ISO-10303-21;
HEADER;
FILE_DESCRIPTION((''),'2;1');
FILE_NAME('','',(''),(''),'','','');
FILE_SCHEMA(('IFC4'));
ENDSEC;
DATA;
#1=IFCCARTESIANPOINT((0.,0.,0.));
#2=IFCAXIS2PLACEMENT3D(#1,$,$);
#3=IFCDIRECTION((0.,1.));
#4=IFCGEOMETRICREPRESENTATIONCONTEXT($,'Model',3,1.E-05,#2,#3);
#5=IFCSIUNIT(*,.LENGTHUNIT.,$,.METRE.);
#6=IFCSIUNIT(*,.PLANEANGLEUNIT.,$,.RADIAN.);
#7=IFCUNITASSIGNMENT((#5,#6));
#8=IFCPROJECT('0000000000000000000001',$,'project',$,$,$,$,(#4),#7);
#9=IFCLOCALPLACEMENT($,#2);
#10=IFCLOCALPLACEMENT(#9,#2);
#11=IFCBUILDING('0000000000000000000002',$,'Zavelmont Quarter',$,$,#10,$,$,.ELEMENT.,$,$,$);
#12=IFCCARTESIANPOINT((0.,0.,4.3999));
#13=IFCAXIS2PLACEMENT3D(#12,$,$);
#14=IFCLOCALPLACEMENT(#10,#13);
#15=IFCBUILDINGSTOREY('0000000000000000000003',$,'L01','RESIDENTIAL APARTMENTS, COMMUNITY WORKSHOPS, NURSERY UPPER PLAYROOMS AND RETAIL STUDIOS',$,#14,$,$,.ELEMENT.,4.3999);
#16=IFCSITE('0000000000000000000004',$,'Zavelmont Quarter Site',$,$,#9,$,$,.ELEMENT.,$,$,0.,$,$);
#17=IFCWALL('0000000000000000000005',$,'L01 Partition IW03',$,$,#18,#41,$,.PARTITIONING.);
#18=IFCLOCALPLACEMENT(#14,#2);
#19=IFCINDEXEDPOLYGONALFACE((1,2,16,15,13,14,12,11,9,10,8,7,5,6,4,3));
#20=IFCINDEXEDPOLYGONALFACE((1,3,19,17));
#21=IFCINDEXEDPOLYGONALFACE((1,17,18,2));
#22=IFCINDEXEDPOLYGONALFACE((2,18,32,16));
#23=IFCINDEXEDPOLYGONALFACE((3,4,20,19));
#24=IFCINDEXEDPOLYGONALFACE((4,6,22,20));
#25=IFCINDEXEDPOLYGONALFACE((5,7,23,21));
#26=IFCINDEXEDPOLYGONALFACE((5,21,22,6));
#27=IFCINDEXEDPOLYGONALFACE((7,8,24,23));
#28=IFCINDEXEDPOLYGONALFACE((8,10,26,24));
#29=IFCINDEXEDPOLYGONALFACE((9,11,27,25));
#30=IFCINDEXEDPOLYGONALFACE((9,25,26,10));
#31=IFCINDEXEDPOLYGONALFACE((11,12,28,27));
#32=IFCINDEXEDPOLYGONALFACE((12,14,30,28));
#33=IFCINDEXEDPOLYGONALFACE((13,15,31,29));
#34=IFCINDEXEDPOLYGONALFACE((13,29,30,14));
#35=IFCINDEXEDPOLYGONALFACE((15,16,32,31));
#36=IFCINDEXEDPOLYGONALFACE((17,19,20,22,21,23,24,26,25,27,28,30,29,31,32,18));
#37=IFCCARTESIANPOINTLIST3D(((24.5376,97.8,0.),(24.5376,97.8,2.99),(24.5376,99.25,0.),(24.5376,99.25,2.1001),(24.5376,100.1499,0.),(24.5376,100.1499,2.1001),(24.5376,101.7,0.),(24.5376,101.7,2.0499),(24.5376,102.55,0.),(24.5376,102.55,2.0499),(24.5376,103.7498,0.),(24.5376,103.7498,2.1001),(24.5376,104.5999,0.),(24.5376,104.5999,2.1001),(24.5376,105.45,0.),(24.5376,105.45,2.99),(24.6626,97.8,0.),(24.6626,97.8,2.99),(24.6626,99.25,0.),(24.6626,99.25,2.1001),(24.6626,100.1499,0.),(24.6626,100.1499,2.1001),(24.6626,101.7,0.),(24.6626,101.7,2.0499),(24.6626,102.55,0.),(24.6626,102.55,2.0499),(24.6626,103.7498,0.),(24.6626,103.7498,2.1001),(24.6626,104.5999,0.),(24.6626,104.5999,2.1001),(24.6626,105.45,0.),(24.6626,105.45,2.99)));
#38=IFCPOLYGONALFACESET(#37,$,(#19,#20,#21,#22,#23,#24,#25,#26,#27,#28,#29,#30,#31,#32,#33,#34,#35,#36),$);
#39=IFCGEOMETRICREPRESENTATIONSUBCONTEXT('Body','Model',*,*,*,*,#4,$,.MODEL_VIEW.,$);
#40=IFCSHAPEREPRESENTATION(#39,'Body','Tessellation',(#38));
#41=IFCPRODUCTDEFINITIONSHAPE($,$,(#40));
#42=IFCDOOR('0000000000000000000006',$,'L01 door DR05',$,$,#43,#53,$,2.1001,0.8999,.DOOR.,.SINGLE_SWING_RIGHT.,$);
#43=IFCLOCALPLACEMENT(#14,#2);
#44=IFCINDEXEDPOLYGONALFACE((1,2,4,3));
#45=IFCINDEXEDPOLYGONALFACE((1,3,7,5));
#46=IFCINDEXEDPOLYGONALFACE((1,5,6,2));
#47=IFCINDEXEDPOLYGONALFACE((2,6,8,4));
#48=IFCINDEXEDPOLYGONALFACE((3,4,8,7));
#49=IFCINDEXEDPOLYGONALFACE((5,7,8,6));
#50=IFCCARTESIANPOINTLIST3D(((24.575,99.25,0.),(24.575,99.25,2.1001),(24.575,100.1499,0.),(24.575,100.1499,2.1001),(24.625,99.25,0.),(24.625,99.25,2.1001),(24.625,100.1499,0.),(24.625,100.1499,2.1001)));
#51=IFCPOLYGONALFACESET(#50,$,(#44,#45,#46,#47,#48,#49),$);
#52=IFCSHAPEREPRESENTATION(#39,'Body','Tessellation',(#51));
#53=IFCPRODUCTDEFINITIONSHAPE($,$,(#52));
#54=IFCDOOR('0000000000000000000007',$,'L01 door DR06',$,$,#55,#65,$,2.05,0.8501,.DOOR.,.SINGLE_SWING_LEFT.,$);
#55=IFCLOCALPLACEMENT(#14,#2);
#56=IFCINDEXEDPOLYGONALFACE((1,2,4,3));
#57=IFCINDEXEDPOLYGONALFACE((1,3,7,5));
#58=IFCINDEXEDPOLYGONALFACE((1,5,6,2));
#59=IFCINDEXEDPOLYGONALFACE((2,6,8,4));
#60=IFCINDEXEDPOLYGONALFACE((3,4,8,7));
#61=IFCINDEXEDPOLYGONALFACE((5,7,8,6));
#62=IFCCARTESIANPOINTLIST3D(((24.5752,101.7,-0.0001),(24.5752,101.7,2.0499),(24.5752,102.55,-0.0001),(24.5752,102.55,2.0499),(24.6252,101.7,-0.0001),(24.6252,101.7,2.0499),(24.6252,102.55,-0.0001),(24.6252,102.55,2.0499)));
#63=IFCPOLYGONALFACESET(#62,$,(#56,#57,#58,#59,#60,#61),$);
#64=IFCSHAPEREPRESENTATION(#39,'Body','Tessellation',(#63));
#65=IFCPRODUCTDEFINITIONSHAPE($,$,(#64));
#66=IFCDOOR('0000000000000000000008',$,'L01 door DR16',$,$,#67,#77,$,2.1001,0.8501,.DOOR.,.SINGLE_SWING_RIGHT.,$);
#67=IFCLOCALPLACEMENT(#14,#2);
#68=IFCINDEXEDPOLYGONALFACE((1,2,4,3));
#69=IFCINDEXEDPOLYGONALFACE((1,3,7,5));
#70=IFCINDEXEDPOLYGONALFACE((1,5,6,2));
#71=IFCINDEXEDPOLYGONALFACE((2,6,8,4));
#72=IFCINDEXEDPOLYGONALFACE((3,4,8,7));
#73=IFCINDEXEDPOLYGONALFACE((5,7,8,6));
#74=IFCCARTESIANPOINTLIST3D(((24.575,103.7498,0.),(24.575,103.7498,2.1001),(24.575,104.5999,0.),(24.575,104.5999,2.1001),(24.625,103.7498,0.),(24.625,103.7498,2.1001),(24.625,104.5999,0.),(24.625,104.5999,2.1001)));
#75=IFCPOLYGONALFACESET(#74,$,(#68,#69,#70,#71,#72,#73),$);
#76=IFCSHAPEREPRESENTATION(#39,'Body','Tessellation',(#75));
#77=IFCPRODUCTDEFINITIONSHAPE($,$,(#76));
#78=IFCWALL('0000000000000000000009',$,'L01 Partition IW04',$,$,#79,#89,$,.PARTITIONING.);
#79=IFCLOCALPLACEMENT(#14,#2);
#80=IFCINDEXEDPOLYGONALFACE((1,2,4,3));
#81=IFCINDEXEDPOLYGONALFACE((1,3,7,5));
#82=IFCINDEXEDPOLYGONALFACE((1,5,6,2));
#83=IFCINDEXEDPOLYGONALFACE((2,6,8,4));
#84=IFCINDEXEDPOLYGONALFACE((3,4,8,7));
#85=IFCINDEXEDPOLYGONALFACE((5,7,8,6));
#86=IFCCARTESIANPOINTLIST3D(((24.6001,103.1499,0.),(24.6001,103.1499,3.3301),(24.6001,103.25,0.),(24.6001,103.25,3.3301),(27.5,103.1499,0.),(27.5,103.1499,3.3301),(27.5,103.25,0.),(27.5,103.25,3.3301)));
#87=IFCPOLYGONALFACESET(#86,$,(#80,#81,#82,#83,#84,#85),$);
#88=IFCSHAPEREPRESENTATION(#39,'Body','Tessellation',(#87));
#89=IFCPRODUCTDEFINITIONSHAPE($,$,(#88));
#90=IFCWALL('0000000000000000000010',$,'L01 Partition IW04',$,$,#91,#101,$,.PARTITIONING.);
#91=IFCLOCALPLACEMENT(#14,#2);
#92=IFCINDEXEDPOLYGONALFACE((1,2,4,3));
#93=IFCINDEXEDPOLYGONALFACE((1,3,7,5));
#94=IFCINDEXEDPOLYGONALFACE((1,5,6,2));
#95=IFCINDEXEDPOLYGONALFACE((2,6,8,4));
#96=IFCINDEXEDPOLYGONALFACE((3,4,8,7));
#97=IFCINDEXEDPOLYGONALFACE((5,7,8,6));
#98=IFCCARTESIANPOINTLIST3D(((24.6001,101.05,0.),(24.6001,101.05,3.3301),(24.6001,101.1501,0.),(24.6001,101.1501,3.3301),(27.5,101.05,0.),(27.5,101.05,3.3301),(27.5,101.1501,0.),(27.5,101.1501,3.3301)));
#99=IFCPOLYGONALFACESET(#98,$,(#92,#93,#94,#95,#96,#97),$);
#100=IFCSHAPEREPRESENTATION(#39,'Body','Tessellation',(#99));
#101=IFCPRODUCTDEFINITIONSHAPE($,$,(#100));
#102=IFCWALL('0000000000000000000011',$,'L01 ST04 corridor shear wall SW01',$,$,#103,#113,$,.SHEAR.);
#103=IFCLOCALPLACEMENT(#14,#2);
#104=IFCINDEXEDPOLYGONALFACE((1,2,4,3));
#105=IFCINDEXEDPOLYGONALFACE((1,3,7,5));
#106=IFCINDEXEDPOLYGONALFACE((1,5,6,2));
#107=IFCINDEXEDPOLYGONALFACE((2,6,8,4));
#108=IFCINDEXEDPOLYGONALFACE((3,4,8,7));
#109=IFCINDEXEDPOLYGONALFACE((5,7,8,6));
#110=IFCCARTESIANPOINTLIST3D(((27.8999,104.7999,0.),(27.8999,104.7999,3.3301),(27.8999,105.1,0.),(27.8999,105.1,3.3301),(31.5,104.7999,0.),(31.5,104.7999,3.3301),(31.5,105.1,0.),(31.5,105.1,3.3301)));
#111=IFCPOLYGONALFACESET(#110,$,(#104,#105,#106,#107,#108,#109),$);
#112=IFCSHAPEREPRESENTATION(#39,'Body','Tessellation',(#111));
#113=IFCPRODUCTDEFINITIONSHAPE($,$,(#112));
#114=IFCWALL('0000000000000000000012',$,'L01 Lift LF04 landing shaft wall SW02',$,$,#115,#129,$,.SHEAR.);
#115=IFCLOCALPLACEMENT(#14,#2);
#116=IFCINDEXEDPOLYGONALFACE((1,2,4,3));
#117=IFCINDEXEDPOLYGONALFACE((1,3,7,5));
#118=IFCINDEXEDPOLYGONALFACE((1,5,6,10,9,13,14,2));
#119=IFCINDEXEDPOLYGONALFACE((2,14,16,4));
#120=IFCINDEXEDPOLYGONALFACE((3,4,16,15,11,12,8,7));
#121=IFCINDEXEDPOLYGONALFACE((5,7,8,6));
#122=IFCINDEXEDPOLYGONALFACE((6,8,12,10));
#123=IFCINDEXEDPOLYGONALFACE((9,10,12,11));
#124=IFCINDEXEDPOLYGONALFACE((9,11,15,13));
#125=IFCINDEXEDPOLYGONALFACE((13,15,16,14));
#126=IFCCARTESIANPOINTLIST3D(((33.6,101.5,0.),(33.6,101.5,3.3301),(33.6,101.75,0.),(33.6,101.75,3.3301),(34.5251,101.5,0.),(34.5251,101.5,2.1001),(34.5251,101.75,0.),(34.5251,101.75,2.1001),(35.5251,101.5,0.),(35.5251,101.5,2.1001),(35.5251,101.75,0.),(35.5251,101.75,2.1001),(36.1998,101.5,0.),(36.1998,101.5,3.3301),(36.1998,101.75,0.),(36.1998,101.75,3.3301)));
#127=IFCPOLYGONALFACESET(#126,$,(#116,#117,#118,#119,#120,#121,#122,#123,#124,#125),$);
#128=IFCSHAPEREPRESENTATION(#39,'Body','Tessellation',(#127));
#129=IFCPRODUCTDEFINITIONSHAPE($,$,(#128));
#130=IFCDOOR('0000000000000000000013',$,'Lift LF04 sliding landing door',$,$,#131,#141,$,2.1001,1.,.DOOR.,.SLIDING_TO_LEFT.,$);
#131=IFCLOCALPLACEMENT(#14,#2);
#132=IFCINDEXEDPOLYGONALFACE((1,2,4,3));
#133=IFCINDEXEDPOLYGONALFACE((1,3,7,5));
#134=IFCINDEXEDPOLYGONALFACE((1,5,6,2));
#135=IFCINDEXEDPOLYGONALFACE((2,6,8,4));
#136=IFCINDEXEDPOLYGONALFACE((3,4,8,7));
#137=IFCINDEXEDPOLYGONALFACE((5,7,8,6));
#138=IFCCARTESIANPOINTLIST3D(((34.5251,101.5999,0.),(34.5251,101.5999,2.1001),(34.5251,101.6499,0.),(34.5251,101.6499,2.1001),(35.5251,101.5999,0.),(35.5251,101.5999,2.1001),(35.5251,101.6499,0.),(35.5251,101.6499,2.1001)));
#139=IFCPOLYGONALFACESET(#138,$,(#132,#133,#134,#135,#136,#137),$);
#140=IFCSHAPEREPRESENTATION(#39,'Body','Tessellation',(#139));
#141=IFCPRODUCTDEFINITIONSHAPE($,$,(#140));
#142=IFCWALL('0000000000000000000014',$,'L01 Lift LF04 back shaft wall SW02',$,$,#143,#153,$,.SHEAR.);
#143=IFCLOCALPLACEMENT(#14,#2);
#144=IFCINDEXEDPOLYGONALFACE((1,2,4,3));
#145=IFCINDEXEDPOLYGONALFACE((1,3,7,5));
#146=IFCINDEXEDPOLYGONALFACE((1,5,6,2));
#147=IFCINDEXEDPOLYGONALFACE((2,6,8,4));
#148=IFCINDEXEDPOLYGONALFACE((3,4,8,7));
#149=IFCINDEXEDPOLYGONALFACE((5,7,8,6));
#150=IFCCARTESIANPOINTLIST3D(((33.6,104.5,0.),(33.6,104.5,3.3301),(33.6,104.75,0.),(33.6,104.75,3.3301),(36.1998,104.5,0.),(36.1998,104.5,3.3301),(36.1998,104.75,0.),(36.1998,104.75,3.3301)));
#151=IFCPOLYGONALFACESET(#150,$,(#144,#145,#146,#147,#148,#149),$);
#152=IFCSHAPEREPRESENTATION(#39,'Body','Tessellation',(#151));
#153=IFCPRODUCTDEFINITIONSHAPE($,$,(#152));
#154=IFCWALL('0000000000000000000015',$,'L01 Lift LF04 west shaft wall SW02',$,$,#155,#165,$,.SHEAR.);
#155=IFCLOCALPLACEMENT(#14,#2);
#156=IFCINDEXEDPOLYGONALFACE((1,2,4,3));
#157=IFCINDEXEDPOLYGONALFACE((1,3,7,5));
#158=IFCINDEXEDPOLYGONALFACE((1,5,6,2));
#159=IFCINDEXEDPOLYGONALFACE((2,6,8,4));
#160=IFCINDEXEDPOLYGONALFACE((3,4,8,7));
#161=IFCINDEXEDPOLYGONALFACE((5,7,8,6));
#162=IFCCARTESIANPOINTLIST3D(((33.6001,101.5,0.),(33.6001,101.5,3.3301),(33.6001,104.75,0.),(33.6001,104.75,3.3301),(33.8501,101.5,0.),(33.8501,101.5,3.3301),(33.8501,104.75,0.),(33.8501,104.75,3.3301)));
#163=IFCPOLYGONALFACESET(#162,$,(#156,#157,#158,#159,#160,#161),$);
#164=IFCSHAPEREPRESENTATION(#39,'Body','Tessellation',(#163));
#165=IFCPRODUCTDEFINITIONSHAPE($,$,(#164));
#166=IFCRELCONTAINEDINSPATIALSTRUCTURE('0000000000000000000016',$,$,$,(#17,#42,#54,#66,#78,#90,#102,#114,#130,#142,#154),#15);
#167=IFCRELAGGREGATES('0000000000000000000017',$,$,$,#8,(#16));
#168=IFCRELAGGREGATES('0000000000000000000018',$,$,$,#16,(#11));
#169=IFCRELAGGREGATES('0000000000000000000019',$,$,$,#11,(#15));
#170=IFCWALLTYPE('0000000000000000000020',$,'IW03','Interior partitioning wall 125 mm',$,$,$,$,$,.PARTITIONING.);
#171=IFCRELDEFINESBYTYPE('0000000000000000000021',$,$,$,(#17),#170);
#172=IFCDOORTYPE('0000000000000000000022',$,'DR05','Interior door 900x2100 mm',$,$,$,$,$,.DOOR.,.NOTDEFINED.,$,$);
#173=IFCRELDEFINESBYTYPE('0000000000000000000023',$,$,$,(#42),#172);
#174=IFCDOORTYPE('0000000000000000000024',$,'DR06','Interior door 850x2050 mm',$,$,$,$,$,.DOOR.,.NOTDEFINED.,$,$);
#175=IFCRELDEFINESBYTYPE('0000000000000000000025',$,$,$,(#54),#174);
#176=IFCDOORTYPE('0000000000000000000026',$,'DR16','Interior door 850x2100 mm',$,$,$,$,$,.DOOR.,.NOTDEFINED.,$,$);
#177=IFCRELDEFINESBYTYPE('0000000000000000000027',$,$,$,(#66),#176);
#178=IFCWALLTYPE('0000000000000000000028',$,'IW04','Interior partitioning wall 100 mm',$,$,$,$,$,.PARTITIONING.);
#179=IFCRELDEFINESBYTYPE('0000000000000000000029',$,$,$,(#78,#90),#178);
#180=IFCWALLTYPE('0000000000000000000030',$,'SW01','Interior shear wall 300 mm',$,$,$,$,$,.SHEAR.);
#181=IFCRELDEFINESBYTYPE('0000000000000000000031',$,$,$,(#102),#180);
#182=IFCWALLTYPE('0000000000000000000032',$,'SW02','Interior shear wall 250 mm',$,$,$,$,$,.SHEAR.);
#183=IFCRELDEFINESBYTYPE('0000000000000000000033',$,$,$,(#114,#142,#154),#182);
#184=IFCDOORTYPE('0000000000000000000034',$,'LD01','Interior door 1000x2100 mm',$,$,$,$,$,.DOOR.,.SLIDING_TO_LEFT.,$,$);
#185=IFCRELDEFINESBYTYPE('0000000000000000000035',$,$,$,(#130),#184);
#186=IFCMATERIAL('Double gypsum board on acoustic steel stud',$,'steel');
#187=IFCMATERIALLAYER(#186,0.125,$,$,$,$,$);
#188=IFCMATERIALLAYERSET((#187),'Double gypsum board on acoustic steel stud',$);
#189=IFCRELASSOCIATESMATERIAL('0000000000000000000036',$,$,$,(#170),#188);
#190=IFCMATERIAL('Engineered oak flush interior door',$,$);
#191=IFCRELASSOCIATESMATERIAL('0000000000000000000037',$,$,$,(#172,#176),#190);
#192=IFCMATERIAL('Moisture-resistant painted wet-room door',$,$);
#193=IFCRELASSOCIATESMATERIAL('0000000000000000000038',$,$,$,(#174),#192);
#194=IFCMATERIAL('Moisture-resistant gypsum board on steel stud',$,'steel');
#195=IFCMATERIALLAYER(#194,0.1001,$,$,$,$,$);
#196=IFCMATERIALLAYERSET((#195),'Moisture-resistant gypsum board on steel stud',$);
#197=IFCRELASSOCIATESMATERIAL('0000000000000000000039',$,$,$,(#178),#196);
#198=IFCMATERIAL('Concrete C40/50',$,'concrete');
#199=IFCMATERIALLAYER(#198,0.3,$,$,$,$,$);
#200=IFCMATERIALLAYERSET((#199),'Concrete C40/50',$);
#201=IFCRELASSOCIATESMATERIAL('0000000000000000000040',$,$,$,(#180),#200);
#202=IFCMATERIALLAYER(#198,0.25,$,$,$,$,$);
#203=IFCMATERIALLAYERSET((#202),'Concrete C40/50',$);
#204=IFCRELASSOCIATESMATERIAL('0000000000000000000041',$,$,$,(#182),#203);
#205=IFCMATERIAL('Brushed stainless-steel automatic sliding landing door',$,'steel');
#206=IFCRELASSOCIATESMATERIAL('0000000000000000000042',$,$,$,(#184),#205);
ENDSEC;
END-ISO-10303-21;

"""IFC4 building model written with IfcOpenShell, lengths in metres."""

from ifc_helpers import new_model, si_unit, direction, frame, frame_2d, origin, origin_with_axes, place, context, subcontext, project, spatial, rectangle, extrude, material, layer, layer_set, type_object, element, fill, save


model = new_model("IFC4")

# Units and contexts
model_context = context("Model", 3, precision=1e-05, world=origin(), true_north=direction((0.0, 1.0)))
body_context = subcontext(model_context, "Body", "Model", "MODEL_VIEW")
ifc_project = project(units=[si_unit("LENGTHUNIT", "METRE"), si_unit("PLANEANGLEUNIT", "RADIAN")], contexts=[model_context])

# Site, building, storey
site_placement = place(None, origin())
site = spatial("IfcSite", under=ifc_project, at=site_placement, Name="Zavelmont Quarter Site", CompositionType="ELEMENT", RefElevation=0.0)
building_placement = place(site_placement, origin())
building = spatial("IfcBuilding", under=site, at=building_placement, Name="Zavelmont Quarter", CompositionType="ELEMENT")
storey_placement = place(building_placement, frame((0.0, 0.0, 4.3999)))
storey = spatial("IfcBuildingStorey", under=building, at=storey_placement, Name="L01", Description="RESIDENTIAL APARTMENTS, COMMUNITY WORKSHOPS, NURSERY UPPER PLAYROOMS AND RETAIL STUDIOS", CompositionType="ELEMENT", Elevation=4.3999)

# Shared definitions
ifc_material_1 = material(Name="Concrete C40/50", Category="concrete")

# Wall, openings, doors
ifc_material_2 = material(Name="Double gypsum board on acoustic steel stud", Category="steel")
ifc_layer_1 = layer(ifc_material_2, 0.125)
ifc_layer_set_1 = layer_set([ifc_layer_1], Name="Double gypsum board on acoustic steel stud")
wall_type_1 = type_object("IfcWallType", Name="IW03", Description="Interior partitioning wall 125 mm", PredefinedType="PARTITIONING", material=ifc_layer_set_1)
wall_1_placement = place(storey_placement, frame((24.6001, 105.45, 0.0), z_axis=(0.0, 0.0, 1.0), x_axis=(0.0, -1.0, 0.0)))
wall_1 = element("IfcWall", 1, at=wall_1_placement, inside=storey, type_object=wall_type_1, Name="L01 Partition IW03", PredefinedType="PARTITIONING", context=body_context, shape_type="SweptSolid", body=[
    extrude(rectangle(XDim=7.6499, YDim=0.125, at=frame_2d((3.825, 0.0))), origin(), (0.0, 0.0, 1.0), 2.99),
])
opening_1_placement = place(wall_1_placement, frame((0.8501, 0.0, 0.0)))
opening_1 = element("IfcOpeningElement", 2, at=opening_1_placement, cuts=wall_1, PredefinedType="OPENING", context=body_context, shape_type="SweptSolid", body=[
    extrude(rectangle(XDim=0.8501, YDim=2.1001, at=frame_2d((0.425, 1.05))), frame((0.0, 0.0745, 0.0), z_axis=(0.0, -1.0, 0.0), x_axis=(1.0, 0.0, 0.0)), (0.0, 0.0, 1.0), 0.1489),
])
opening_2_placement = place(wall_1_placement, frame((2.8999, 0.0, 0.0)))
opening_2 = element("IfcOpeningElement", 3, at=opening_2_placement, cuts=wall_1, PredefinedType="OPENING", context=body_context, shape_type="SweptSolid", body=[
    extrude(rectangle(XDim=0.8501, YDim=2.05, at=frame_2d((0.425, 1.0249))), frame((0.0, 0.0745, 0.0), z_axis=(0.0, -1.0, 0.0), x_axis=(1.0, 0.0, 0.0)), (0.0, 0.0, 1.0), 0.1489),
])
opening_3_placement = place(wall_1_placement, frame((5.3, 0.0, 0.0)))
opening_3 = element("IfcOpeningElement", 4, at=opening_3_placement, cuts=wall_1, PredefinedType="OPENING", context=body_context, shape_type="SweptSolid", body=[
    extrude(rectangle(XDim=0.8999, YDim=2.1001, at=frame_2d((0.45, 1.05))), frame((0.0, 0.0745, 0.0), z_axis=(0.0, -1.0, 0.0), x_axis=(1.0, 0.0, 0.0)), (0.0, 0.0, 1.0), 0.1489),
])
ifc_material_3 = material(Name="Engineered oak flush interior door")
door_type_1 = type_object("IfcDoorType", Name="DR05", Description="Interior door 900x2100 mm", OperationType="NOTDEFINED", PredefinedType="DOOR", material=ifc_material_3)
door_1_placement = place(opening_3_placement, origin_with_axes())
door_1 = element("IfcDoor", 5, at=door_1_placement, inside=storey, type_object=door_type_1, Name="L01 door DR05", OperationType="SINGLE_SWING_RIGHT", OverallHeight=2.1001, OverallWidth=0.8999, PredefinedType="DOOR", context=body_context, shape_type="SweptSolid", body=[
    extrude(rectangle(XDim=0.8999, YDim=2.1001, at=frame_2d((0.45, 1.05))), frame((0.0, 0.0249, 0.0), z_axis=(0.0, -1.0, 0.0), x_axis=(1.0, 0.0, 0.0)), (0.0, 0.0, 1.0), 0.05),
])
fill(opening_3, door_1)
ifc_material_4 = material(Name="Moisture-resistant painted wet-room door")
door_type_2 = type_object("IfcDoorType", Name="DR06", Description="Interior door 850x2050 mm", OperationType="NOTDEFINED", PredefinedType="DOOR", material=ifc_material_4)
door_2_placement = place(opening_2_placement, frame((0.8501, 0.0, 0.0), z_axis=(0.0, 0.0, 1.0), x_axis=(-1.0, 0.0, 0.0)))
door_2 = element("IfcDoor", 6, at=door_2_placement, inside=storey, type_object=door_type_2, Name="L01 door DR06", OperationType="SINGLE_SWING_LEFT", OverallHeight=2.05, OverallWidth=0.8501, PredefinedType="DOOR", context=body_context, shape_type="SweptSolid", body=[
    extrude(rectangle(XDim=0.8501, YDim=2.05, at=frame_2d((0.425, 1.0249))), frame((0.0, 0.0249, 0.0), z_axis=(0.0, -1.0, 0.0), x_axis=(1.0, 0.0, 0.0)), (0.0, 0.0, 1.0), 0.05),
])
fill(opening_2, door_2)
door_type_3 = type_object("IfcDoorType", Name="DR16", Description="Interior door 850x2100 mm", OperationType="NOTDEFINED", PredefinedType="DOOR", material=ifc_material_3)
door_3_placement = place(opening_1_placement, origin_with_axes())
door_3 = element("IfcDoor", 7, at=door_3_placement, inside=storey, type_object=door_type_3, Name="L01 door DR16", OperationType="SINGLE_SWING_RIGHT", OverallHeight=2.1001, OverallWidth=0.8501, PredefinedType="DOOR", context=body_context, shape_type="SweptSolid", body=[
    extrude(rectangle(XDim=0.8501, YDim=2.1001, at=frame_2d((0.425, 1.05))), frame((0.0, 0.0249, 0.0), z_axis=(0.0, -1.0, 0.0), x_axis=(1.0, 0.0, 0.0)), (0.0, 0.0, 1.0), 0.05),
])
fill(opening_1, door_3)

# Walls
ifc_material_5 = material(Name="Moisture-resistant gypsum board on steel stud", Category="steel")
ifc_layer_2 = layer(ifc_material_5, 0.1001)
ifc_layer_set_2 = layer_set([ifc_layer_2], Name="Moisture-resistant gypsum board on steel stud")
wall_type_2 = type_object("IfcWallType", Name="IW04", Description="Interior partitioning wall 100 mm", PredefinedType="PARTITIONING", material=ifc_layer_set_2)
for number, where, z_axis, x_axis, name in (
    (8, (24.6001, 103.2, 0.0), (0.0, 0.0, 1.0), (1.0, 0.0, 0.0), "L01 Partition IW04"),
    (9, (24.6001, 101.1001, 0.0), (0.0, 0.0, 1.0), (1.0, 0.0, 0.0), "L01 Partition IW04"),
):
    element("IfcWall", number, at=place(storey_placement, frame(where, z_axis=z_axis, x_axis=x_axis)), inside=storey, type_object=wall_type_2, Name=name, PredefinedType="PARTITIONING", context=body_context, shape_type="SweptSolid", body=[
        extrude(rectangle(XDim=2.8999, YDim=0.1001, at=frame_2d((1.45, 0.0))), origin(), (0.0, 0.0, 1.0), 3.3301),
    ])
ifc_layer_3 = layer(ifc_material_1, 0.3)
ifc_layer_set_3 = layer_set([ifc_layer_3], Name="Concrete C40/50")
wall_type_3 = type_object("IfcWallType", Name="SW01", Description="Interior shear wall 300 mm", PredefinedType="SHEAR", material=ifc_layer_set_3)
wall_2_placement = place(storey_placement, frame((27.8999, 104.95, 0.0), z_axis=(0.0, 0.0, 1.0), x_axis=(1.0, 0.0, 0.0)))
element("IfcWall", 10, at=wall_2_placement, inside=storey, type_object=wall_type_3, Name="L01 ST04 corridor shear wall SW01", PredefinedType="SHEAR", context=body_context, shape_type="SweptSolid", body=[
    extrude(rectangle(XDim=3.6001, YDim=0.3, at=frame_2d((1.8, 0.0))), origin(), (0.0, 0.0, 1.0), 3.3301),
])

# Wall, opening, door
ifc_layer_4 = layer(ifc_material_1, 0.25)
ifc_layer_set_4 = layer_set([ifc_layer_4], Name="Concrete C40/50")
wall_type_4 = type_object("IfcWallType", Name="SW02", Description="Interior shear wall 250 mm", PredefinedType="SHEAR", material=ifc_layer_set_4)
wall_3_placement = place(storey_placement, frame((33.6001, 101.625, 0.0), z_axis=(0.0, 0.0, 1.0), x_axis=(1.0, 0.0, 0.0)))
wall_3 = element("IfcWall", 11, at=wall_3_placement, inside=storey, type_object=wall_type_4, Name="L01 Lift LF04 landing shaft wall SW02", PredefinedType="SHEAR", context=body_context, shape_type="SweptSolid", body=[
    extrude(rectangle(XDim=2.5999, YDim=0.25, at=frame_2d((1.2998, 0.0))), origin(), (0.0, 0.0, 1.0), 3.3301),
])
opening_4_placement = place(wall_3_placement, frame((0.925, 0.0, 0.0)))
opening_4 = element("IfcOpeningElement", 12, at=opening_4_placement, cuts=wall_3, PredefinedType="OPENING", context=body_context, shape_type="SweptSolid", body=[
    extrude(rectangle(XDim=1.0, YDim=2.1001, at=frame_2d((0.5, 1.05))), frame((0.0, 0.137, 0.0), z_axis=(0.0, -1.0, 0.0), x_axis=(1.0, 0.0, 0.0)), (0.0, 0.0, 1.0), 0.2739),
])
ifc_material_6 = material(Name="Brushed stainless-steel automatic sliding landing door", Category="steel")
door_type_4 = type_object("IfcDoorType", Name="LD01", Description="Interior door 1000x2100 mm", OperationType="SLIDING_TO_LEFT", PredefinedType="DOOR", material=ifc_material_6)
door_4_placement = place(opening_4_placement, origin_with_axes())
door_4 = element("IfcDoor", 13, at=door_4_placement, inside=storey, type_object=door_type_4, Name="Lift LF04 sliding landing door", OperationType="SLIDING_TO_LEFT", OverallHeight=2.1001, OverallWidth=1.0, PredefinedType="DOOR", context=body_context, shape_type="SweptSolid", body=[
    extrude(rectangle(XDim=1.0, YDim=2.1001, at=frame_2d((0.5, 1.05))), frame((0.0, 0.0249, 0.0), z_axis=(0.0, -1.0, 0.0), x_axis=(1.0, 0.0, 0.0)), (0.0, 0.0, 1.0), 0.05),
])
fill(opening_4, door_4)

# Walls
wall_4_placement = place(storey_placement, frame((33.6001, 104.625, 0.0), z_axis=(0.0, 0.0, 1.0), x_axis=(1.0, 0.0, 0.0)))
element("IfcWall", 14, at=wall_4_placement, inside=storey, type_object=wall_type_4, Name="L01 Lift LF04 back shaft wall SW02", PredefinedType="SHEAR", context=body_context, shape_type="SweptSolid", body=[
    extrude(rectangle(XDim=2.5999, YDim=0.25, at=frame_2d((1.2998, 0.0))), origin(), (0.0, 0.0, 1.0), 3.3301),
])
wall_5_placement = place(storey_placement, frame((33.7251, 101.5, 0.0), z_axis=(0.0, 0.0, 1.0), x_axis=(0.0, 1.0, 0.0)))
element("IfcWall", 15, at=wall_5_placement, inside=storey, type_object=wall_type_4, Name="L01 Lift LF04 west shaft wall SW02", PredefinedType="SHEAR", context=body_context, shape_type="SweptSolid", body=[
    extrude(rectangle(XDim=3.25, YDim=0.25, at=frame_2d((1.625, 0.0))), origin(), (0.0, 0.0, 1.0), 3.3301),
])

save(model, "model.ifc")
